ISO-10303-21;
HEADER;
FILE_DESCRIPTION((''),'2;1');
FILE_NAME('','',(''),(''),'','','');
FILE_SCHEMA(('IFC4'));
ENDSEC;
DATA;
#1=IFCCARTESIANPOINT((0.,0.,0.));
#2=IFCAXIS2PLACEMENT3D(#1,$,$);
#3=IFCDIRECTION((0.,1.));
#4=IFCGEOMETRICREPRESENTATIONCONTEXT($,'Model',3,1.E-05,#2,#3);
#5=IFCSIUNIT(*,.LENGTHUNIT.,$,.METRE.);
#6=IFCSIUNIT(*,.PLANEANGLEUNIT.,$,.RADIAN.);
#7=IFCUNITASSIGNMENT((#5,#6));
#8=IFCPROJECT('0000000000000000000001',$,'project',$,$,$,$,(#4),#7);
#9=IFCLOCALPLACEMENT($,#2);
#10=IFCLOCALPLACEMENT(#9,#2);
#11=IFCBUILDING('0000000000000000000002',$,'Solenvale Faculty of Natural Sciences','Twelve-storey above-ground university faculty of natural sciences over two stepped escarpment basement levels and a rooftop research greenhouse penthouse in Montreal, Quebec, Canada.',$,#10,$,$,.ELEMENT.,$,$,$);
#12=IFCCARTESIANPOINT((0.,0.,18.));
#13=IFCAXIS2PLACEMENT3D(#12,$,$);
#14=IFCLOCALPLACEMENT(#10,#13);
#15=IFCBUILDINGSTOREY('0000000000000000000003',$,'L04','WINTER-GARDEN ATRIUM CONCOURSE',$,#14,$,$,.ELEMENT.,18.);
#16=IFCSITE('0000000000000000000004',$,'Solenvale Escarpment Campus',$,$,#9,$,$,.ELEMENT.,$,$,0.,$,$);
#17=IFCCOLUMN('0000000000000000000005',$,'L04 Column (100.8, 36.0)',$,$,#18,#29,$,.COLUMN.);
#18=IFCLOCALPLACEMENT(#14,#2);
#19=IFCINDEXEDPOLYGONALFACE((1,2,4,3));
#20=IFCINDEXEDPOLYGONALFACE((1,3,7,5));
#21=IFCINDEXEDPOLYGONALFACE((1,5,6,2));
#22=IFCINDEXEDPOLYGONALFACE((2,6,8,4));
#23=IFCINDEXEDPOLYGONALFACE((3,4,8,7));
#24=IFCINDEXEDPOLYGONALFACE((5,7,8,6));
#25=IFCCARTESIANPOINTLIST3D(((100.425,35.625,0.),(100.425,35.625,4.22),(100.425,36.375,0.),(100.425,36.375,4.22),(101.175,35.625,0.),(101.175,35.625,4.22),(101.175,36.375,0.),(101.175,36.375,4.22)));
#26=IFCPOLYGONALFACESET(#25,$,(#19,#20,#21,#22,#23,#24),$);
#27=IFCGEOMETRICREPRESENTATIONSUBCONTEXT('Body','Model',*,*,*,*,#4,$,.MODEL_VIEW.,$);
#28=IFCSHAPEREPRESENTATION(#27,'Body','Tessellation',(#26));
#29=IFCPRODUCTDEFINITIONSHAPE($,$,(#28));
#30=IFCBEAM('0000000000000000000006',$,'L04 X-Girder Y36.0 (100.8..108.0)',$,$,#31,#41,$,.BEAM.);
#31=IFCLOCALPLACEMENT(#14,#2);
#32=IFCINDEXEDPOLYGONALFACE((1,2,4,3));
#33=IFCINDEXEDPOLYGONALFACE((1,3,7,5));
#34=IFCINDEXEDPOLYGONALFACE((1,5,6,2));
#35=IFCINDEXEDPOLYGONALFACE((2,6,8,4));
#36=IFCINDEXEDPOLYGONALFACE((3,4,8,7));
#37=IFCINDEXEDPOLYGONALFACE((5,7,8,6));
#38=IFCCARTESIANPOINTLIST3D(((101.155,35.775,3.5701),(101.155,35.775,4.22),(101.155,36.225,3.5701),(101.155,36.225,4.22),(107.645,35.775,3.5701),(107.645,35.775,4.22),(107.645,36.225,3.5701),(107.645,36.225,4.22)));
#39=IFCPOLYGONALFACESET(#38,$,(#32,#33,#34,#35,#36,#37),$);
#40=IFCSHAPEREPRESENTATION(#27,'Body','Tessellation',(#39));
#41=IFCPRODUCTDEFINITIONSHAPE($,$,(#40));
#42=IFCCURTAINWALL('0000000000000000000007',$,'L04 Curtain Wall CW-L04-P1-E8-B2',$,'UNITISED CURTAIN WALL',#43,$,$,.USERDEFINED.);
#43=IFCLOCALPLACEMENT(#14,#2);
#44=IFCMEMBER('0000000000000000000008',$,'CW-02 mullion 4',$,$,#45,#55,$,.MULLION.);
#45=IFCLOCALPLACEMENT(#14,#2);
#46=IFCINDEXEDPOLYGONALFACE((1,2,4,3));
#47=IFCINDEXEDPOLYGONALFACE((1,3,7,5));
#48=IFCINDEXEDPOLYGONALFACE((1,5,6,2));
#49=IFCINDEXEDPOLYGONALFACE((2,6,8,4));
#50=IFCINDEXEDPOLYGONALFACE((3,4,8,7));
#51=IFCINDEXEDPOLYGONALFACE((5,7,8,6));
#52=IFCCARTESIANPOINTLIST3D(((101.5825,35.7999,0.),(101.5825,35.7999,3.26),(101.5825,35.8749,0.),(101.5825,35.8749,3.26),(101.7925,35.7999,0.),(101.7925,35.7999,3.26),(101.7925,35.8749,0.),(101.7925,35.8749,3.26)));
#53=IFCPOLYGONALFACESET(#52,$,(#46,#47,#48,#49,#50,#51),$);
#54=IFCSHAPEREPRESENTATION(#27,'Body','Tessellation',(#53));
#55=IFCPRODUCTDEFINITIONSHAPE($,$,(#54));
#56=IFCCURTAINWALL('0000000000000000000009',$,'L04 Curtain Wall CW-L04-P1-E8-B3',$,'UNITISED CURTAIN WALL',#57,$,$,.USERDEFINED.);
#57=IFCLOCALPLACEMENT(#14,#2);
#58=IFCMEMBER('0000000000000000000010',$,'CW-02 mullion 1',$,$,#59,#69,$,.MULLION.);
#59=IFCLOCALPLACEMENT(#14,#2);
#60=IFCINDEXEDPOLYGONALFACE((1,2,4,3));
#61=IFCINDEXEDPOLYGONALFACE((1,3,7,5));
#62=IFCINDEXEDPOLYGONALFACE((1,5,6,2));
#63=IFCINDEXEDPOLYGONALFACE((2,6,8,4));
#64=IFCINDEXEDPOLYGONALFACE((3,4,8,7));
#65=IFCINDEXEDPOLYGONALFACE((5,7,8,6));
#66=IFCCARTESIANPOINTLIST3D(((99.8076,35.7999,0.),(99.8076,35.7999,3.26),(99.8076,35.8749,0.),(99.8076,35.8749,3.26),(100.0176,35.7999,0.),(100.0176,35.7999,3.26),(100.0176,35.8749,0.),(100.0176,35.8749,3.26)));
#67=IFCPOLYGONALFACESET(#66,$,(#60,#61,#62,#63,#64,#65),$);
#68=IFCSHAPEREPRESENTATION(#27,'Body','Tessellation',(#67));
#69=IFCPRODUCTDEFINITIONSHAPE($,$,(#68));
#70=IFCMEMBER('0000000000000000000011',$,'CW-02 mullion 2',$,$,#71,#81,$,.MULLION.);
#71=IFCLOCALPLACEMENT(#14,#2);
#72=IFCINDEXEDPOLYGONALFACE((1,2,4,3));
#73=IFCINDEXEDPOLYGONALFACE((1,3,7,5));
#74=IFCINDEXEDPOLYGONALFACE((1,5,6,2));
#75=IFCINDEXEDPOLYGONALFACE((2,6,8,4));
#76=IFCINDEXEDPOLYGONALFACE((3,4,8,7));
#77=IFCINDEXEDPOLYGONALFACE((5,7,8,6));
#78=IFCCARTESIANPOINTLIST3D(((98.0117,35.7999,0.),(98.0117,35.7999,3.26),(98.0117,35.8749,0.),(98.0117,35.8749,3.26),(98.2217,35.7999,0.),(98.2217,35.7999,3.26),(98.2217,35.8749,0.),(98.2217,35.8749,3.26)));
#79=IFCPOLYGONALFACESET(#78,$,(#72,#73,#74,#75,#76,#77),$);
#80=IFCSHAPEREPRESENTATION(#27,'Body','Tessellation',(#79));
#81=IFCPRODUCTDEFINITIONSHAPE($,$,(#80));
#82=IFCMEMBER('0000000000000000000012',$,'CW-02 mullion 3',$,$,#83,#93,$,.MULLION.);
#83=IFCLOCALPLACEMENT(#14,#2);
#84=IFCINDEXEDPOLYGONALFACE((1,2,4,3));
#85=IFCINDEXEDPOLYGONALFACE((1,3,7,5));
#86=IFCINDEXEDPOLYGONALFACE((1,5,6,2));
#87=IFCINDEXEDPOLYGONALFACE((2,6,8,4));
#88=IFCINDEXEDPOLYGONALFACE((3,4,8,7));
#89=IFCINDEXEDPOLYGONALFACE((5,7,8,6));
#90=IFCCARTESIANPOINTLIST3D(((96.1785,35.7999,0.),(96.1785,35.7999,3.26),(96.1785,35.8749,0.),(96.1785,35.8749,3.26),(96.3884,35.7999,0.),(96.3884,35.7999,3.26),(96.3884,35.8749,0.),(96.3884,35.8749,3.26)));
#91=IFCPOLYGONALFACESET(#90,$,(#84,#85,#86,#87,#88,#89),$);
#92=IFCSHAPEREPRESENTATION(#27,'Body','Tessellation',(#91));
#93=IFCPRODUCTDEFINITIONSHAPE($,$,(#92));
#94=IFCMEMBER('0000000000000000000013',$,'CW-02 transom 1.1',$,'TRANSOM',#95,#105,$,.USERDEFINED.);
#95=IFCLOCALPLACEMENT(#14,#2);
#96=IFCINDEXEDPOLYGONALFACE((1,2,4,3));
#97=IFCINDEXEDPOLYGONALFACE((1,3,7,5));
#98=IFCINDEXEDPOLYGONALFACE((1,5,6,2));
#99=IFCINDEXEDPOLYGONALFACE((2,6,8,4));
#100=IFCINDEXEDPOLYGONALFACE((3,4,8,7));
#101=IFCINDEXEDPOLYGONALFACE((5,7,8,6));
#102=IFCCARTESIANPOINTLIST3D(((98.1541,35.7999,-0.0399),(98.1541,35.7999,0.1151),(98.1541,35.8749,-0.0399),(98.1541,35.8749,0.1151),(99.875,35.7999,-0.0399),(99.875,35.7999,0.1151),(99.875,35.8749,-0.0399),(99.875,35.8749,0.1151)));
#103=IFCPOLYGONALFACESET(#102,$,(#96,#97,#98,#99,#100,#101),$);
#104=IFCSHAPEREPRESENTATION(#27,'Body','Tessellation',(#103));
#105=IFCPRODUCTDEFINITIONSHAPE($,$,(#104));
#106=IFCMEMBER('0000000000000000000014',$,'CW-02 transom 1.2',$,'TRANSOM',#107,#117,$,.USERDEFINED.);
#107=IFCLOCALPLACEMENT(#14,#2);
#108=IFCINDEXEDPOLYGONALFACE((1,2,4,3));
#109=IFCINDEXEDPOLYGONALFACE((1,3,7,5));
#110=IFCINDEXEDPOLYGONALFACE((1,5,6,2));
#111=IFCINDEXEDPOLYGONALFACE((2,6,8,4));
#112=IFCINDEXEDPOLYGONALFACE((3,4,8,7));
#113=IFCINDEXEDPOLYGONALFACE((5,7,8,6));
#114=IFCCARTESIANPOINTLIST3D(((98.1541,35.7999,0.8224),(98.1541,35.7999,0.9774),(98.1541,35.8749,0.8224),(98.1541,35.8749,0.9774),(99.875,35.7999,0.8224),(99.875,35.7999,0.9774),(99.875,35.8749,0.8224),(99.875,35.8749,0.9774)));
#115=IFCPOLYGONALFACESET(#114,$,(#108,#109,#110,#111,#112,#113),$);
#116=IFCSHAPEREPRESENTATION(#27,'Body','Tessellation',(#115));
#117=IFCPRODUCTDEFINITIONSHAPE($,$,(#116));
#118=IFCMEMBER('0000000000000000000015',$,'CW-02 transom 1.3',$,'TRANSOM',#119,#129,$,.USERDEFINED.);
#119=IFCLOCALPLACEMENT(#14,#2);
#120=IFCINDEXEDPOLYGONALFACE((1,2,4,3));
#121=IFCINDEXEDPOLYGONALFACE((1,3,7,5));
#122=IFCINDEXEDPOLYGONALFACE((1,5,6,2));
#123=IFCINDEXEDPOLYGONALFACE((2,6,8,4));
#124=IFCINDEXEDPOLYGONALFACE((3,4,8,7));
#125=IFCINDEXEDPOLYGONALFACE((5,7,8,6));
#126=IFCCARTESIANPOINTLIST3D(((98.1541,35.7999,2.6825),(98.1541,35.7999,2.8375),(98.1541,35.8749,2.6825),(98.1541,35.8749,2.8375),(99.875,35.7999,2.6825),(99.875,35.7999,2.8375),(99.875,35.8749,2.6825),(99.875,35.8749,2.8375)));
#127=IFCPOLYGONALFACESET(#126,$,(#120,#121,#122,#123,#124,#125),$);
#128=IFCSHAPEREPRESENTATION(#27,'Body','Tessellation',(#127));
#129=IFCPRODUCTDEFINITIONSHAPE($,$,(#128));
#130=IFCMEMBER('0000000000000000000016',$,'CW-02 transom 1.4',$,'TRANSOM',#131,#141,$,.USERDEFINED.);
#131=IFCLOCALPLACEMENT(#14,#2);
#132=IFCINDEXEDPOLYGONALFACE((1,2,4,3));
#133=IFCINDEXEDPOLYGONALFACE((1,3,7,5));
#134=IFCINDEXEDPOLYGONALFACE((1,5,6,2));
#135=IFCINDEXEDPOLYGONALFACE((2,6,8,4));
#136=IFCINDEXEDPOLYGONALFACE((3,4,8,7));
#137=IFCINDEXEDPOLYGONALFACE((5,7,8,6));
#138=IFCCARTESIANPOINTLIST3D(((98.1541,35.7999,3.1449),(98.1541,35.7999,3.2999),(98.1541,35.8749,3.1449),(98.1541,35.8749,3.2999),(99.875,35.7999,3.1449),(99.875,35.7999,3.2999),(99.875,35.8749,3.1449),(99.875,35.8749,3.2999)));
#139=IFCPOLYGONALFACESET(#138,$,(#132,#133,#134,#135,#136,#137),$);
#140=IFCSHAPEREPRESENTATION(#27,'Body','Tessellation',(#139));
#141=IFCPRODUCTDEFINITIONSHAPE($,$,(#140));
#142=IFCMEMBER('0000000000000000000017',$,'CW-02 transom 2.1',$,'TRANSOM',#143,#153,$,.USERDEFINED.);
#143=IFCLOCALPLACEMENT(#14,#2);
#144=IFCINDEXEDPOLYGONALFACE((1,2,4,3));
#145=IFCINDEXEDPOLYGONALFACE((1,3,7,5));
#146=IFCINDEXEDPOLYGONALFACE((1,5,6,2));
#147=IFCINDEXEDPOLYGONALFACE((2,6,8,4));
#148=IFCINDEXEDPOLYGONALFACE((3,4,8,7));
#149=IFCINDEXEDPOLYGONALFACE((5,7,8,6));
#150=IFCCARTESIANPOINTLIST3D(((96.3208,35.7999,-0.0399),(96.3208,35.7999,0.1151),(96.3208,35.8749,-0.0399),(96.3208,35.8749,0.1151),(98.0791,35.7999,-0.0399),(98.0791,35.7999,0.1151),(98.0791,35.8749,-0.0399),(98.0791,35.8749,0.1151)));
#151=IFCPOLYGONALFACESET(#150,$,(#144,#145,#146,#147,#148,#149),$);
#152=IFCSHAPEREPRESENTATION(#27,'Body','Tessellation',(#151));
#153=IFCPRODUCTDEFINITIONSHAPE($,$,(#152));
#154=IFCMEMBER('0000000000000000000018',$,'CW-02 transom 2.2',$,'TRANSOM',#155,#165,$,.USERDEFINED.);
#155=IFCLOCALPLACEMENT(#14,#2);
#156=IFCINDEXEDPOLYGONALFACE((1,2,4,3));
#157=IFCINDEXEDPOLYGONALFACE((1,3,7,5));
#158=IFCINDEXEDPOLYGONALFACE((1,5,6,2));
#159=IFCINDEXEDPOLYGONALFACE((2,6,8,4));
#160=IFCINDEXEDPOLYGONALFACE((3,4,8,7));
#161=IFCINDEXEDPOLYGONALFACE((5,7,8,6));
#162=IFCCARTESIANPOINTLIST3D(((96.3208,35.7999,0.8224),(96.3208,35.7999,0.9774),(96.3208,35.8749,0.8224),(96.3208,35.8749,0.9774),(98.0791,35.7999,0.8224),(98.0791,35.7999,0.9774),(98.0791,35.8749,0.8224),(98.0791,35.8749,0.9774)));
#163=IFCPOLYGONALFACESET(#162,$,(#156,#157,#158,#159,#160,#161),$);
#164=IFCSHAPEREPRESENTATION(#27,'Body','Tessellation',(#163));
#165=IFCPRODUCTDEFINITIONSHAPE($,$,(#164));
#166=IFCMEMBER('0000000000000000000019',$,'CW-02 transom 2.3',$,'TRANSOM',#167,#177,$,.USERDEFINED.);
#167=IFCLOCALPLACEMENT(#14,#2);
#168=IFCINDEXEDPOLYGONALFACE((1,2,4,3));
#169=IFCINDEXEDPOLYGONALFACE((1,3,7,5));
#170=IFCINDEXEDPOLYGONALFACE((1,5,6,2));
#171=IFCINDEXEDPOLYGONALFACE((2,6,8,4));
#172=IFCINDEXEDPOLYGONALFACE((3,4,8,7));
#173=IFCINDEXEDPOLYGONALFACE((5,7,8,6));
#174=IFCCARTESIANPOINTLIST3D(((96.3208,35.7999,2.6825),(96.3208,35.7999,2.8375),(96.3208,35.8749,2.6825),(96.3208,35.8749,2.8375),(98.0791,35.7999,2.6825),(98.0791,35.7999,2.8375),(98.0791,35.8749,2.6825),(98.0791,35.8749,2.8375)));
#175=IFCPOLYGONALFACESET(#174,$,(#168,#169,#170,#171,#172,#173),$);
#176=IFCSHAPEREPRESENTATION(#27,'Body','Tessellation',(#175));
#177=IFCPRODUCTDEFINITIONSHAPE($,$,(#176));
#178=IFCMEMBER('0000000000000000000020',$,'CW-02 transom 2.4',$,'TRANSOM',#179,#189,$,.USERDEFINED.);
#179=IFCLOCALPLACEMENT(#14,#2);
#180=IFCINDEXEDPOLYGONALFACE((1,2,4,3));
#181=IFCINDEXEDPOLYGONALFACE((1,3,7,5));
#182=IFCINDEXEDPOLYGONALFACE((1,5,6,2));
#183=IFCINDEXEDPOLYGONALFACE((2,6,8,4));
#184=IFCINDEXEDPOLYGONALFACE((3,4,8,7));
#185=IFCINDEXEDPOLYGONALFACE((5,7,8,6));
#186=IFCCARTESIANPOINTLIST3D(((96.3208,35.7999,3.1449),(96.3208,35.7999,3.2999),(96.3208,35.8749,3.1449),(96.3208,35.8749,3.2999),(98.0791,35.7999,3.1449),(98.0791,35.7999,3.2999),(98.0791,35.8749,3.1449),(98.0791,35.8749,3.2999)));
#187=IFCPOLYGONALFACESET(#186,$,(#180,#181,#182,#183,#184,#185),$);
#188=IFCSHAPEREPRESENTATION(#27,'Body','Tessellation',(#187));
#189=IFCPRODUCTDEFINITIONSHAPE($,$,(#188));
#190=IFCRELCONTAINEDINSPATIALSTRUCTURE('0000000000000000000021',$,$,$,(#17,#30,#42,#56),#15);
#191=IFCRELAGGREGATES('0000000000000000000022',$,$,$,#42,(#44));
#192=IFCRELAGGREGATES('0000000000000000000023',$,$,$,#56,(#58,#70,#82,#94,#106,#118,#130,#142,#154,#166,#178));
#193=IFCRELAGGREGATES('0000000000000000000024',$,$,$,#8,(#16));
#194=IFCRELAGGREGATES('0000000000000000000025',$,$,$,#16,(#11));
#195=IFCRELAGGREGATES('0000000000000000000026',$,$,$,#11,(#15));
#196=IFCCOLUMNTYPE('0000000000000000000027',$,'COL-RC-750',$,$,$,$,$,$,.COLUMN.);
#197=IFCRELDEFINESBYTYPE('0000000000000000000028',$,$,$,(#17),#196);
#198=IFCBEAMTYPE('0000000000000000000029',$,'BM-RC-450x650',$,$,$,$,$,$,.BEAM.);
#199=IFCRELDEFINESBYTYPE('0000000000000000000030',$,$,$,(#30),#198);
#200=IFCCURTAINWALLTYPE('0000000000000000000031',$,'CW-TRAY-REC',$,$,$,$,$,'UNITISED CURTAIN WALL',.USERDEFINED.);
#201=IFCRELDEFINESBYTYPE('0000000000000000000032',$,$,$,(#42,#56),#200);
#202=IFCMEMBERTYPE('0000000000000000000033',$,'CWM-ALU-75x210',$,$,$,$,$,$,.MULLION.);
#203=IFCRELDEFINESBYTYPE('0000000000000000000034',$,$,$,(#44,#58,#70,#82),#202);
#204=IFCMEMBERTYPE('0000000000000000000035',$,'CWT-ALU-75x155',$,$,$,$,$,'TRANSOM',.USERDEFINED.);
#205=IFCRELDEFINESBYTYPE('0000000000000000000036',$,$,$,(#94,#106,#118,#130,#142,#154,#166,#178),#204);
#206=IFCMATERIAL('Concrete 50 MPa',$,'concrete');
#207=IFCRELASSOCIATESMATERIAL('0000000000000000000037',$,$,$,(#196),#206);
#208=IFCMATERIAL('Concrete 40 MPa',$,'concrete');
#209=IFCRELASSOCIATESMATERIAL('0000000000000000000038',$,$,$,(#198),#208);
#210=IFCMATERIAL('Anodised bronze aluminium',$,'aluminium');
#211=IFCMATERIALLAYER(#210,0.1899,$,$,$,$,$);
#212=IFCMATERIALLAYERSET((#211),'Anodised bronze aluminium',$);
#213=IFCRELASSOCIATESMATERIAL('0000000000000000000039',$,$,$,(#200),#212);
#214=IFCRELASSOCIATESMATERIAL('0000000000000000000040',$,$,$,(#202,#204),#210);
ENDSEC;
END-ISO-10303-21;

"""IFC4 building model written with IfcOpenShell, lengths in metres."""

from ifc_helpers import new_model, si_unit, direction, frame, origin, origin_2d, place, context, subcontext, project, spatial, rectangle, extrude, material, layer, layer_set, material_profile, profile_set, type_object, element, aggregate, save


model = new_model("IFC4")

# Units and contexts
model_context = context("Model", 3, precision=1e-05, world=origin(), true_north=direction((0.0, 1.0)))
body_context = subcontext(model_context, "Body", "Model", "MODEL_VIEW")
ifc_project = project(units=[si_unit("LENGTHUNIT", "METRE"), si_unit("PLANEANGLEUNIT", "RADIAN")], contexts=[model_context])

# Site, building, storey
site_placement = place(None, origin())
site = spatial("IfcSite", under=ifc_project, at=site_placement, Name="Solenvale Escarpment Campus", CompositionType="ELEMENT", RefElevation=0.0)
building_placement = place(site_placement, origin())
building = spatial("IfcBuilding", under=site, at=building_placement, Name="Solenvale Faculty of Natural Sciences", Description="Twelve-storey above-ground university faculty of natural sciences over two stepped escarpment basement levels and a rooftop research greenhouse penthouse in Montreal, Quebec, Canada.", CompositionType="ELEMENT")
storey_placement = place(building_placement, frame((0.0, 0.0, 18.0)))
storey = spatial("IfcBuildingStorey", under=building, at=storey_placement, Name="L04", Description="WINTER-GARDEN ATRIUM CONCOURSE", CompositionType="ELEMENT", Elevation=18.0)

# Column
ifc_material_1 = material(Name="Concrete 50 MPa", Category="concrete")
ifc_material_profile_1 = material_profile(ifc_material_1, rectangle(XDim=0.75, YDim=0.75, at=origin_2d()), Name="RC-COL-750x750")
ifc_profile_set_1 = profile_set([ifc_material_profile_1], Name="Concrete 50 MPa")
column_type = type_object("IfcColumnType", Name="COL-RC-750", PredefinedType="COLUMN", material=ifc_profile_set_1)
column_placement = place(storey_placement, frame((100.8, 36.0, 0.0), z_axis=(0.0, 0.0, 1.0), x_axis=(1.0, 0.0, 0.0)))
element("IfcColumn", 1, at=column_placement, inside=storey, type_object=column_type, Name="L04 Column (100.8, 36.0)", PredefinedType="COLUMN", context=body_context, shape_type="SweptSolid", body=[
    extrude(rectangle(XDim=0.75, YDim=0.75, at=origin_2d()), origin(), (0.0, 0.0, 1.0), 4.22),
])

# Beam
ifc_material_2 = material(Name="Concrete 40 MPa", Category="concrete")
ifc_material_profile_2 = material_profile(ifc_material_2, rectangle(XDim=0.45, YDim=0.6499, at=origin_2d()), Name="RC-BM-450x650")
ifc_profile_set_2 = profile_set([ifc_material_profile_2], Name="Concrete 40 MPa")
beam_type = type_object("IfcBeamType", Name="BM-RC-450x650", PredefinedType="BEAM", material=ifc_profile_set_2)
beam_placement = place(storey_placement, frame((101.155, 36.0, 3.895), z_axis=(1.0, 0.0, 0.0), x_axis=(0.0, 1.0, 0.0)))
element("IfcBeam", 2, at=beam_placement, inside=storey, type_object=beam_type, Name="L04 X-Girder Y36.0 (100.8..108.0)", PredefinedType="BEAM", context=body_context, shape_type="SweptSolid", body=[
    extrude(rectangle(XDim=0.45, YDim=0.6499, at=origin_2d()), origin(), (0.0, 0.0, 1.0), 6.49),
])

# Curtain wall, member
ifc_material_3 = material(Name="Anodised bronze aluminium", Category="aluminium")
ifc_layer_1 = layer(ifc_material_3, 0.1899)
ifc_layer_set_1 = layer_set([ifc_layer_1], Name="Anodised bronze aluminium")
curtain_wall_type = type_object("IfcCurtainWallType", Name="CW-TRAY-REC", ElementType="UNITISED CURTAIN WALL", PredefinedType="USERDEFINED", material=ifc_layer_set_1)
curtain_wall_1_placement = place(storey_placement, origin())
curtain_wall_1 = element("IfcCurtainWall", 3, at=curtain_wall_1_placement, inside=storey, type_object=curtain_wall_type, Name="L04 Curtain Wall CW-L04-P1-E8-B2", ObjectType="UNITISED CURTAIN WALL", PredefinedType="USERDEFINED")
ifc_material_profile_3 = material_profile(ifc_material_3, rectangle(XDim=0.075, YDim=0.21, at=origin_2d()), Name="ALU-MUL-75x210")
ifc_profile_set_3 = profile_set([ifc_material_profile_3], Name="Anodised bronze aluminium")
member_type_1 = type_object("IfcMemberType", Name="CWM-ALU-75x210", PredefinedType="MULLION", material=ifc_profile_set_3)
member_1_placement = place(storey_placement, frame((101.6875, 35.8374, 0.0), z_axis=(0.0, 0.0, 1.0), x_axis=(0.0, -1.0, 0.0)))
member_1 = element("IfcMember", 4, at=member_1_placement, type_object=member_type_1, Name="CW-02 mullion 4", PredefinedType="MULLION", context=body_context, shape_type="SweptSolid", body=[
    extrude(rectangle(XDim=0.075, YDim=0.21, at=origin_2d()), origin(), (0.0, 0.0, 1.0), 3.26),
])
aggregate(curtain_wall_1, [member_1])

# Curtain wall, members
curtain_wall_2_placement = place(storey_placement, origin())
curtain_wall_2 = element("IfcCurtainWall", 5, at=curtain_wall_2_placement, inside=storey, type_object=curtain_wall_type, Name="L04 Curtain Wall CW-L04-P1-E8-B3", ObjectType="UNITISED CURTAIN WALL", PredefinedType="USERDEFINED")
member_2_placement = place(storey_placement, frame((99.9126, 35.8374, 0.0), z_axis=(0.0, 0.0, 1.0), x_axis=(0.0, -1.0, 0.0)))
member_2 = element("IfcMember", 6, at=member_2_placement, type_object=member_type_1, Name="CW-02 mullion 1", PredefinedType="MULLION", context=body_context, shape_type="SweptSolid", body=[
    extrude(rectangle(XDim=0.075, YDim=0.21, at=origin_2d()), origin(), (0.0, 0.0, 1.0), 3.26),
])
member_3_placement = place(storey_placement, frame((98.1167, 35.8374, 0.0), z_axis=(0.0, 0.0, 1.0), x_axis=(0.0, -1.0, 0.0)))
member_3 = element("IfcMember", 7, at=member_3_placement, type_object=member_type_1, Name="CW-02 mullion 2", PredefinedType="MULLION", context=body_context, shape_type="SweptSolid", body=[
    extrude(rectangle(XDim=0.075, YDim=0.21, at=origin_2d()), origin(), (0.0, 0.0, 1.0), 3.26),
])
member_4_placement = place(storey_placement, frame((96.2834, 35.8374, 0.0), z_axis=(0.0, 0.0, 1.0), x_axis=(0.0, -1.0, 0.0)))
member_4 = element("IfcMember", 8, at=member_4_placement, type_object=member_type_1, Name="CW-02 mullion 3", PredefinedType="MULLION", context=body_context, shape_type="SweptSolid", body=[
    extrude(rectangle(XDim=0.075, YDim=0.21, at=origin_2d()), origin(), (0.0, 0.0, 1.0), 3.26),
])
ifc_material_profile_4 = material_profile(ifc_material_3, rectangle(XDim=0.075, YDim=0.155, at=origin_2d()), Name="ALU-TRN-75x155")
ifc_profile_set_4 = profile_set([ifc_material_profile_4], Name="Anodised bronze aluminium")
member_type_2 = type_object("IfcMemberType", Name="CWT-ALU-75x155", ElementType="TRANSOM", PredefinedType="USERDEFINED", material=ifc_profile_set_4)
member_5_placement = place(storey_placement, frame((99.875, 35.8374, 0.0376), z_axis=(-1.0, 0.0, 0.0), x_axis=(0.0, -1.0, 0.0)))
member_5 = element("IfcMember", 9, at=member_5_placement, type_object=member_type_2, Name="CW-02 transom 1.1", ObjectType="TRANSOM", PredefinedType="USERDEFINED", context=body_context, shape_type="SweptSolid", body=[
    extrude(rectangle(XDim=0.075, YDim=0.155, at=origin_2d()), origin(), (0.0, 0.0, 1.0), 1.7209),
])
member_6_placement = place(storey_placement, frame((99.875, 35.8374, 0.8999), z_axis=(-1.0, 0.0, 0.0), x_axis=(0.0, -1.0, 0.0)))
member_6 = element("IfcMember", 10, at=member_6_placement, type_object=member_type_2, Name="CW-02 transom 1.2", ObjectType="TRANSOM", PredefinedType="USERDEFINED", context=body_context, shape_type="SweptSolid", body=[
    extrude(rectangle(XDim=0.075, YDim=0.155, at=origin_2d()), origin(), (0.0, 0.0, 1.0), 1.7209),
])
member_7_placement = place(storey_placement, frame((99.875, 35.8374, 2.76), z_axis=(-1.0, 0.0, 0.0), x_axis=(0.0, -1.0, 0.0)))
member_7 = element("IfcMember", 11, at=member_7_placement, type_object=member_type_2, Name="CW-02 transom 1.3", ObjectType="TRANSOM", PredefinedType="USERDEFINED", context=body_context, shape_type="SweptSolid", body=[
    extrude(rectangle(XDim=0.075, YDim=0.155, at=origin_2d()), origin(), (0.0, 0.0, 1.0), 1.7209),
])
member_8_placement = place(storey_placement, frame((99.875, 35.8374, 3.2224), z_axis=(-1.0, 0.0, 0.0), x_axis=(0.0, -1.0, 0.0)))
member_8 = element("IfcMember", 12, at=member_8_placement, type_object=member_type_2, Name="CW-02 transom 1.4", ObjectType="TRANSOM", PredefinedType="USERDEFINED", context=body_context, shape_type="SweptSolid", body=[
    extrude(rectangle(XDim=0.075, YDim=0.155, at=origin_2d()), origin(), (0.0, 0.0, 1.0), 1.7209),
])
member_9_placement = place(storey_placement, frame((98.0791, 35.8374, 0.0376), z_axis=(-1.0, 0.0, 0.0), x_axis=(0.0, -1.0, 0.0)))
member_9 = element("IfcMember", 13, at=member_9_placement, type_object=member_type_2, Name="CW-02 transom 2.1", ObjectType="TRANSOM", PredefinedType="USERDEFINED", context=body_context, shape_type="SweptSolid", body=[
    extrude(rectangle(XDim=0.075, YDim=0.155, at=origin_2d()), origin(), (0.0, 0.0, 1.0), 1.7583),
])
member_10_placement = place(storey_placement, frame((98.0791, 35.8374, 0.8999), z_axis=(-1.0, 0.0, 0.0), x_axis=(0.0, -1.0, 0.0)))
member_10 = element("IfcMember", 14, at=member_10_placement, type_object=member_type_2, Name="CW-02 transom 2.2", ObjectType="TRANSOM", PredefinedType="USERDEFINED", context=body_context, shape_type="SweptSolid", body=[
    extrude(rectangle(XDim=0.075, YDim=0.155, at=origin_2d()), origin(), (0.0, 0.0, 1.0), 1.7583),
])
member_11_placement = place(storey_placement, frame((98.0791, 35.8374, 2.76), z_axis=(-1.0, 0.0, 0.0), x_axis=(0.0, -1.0, 0.0)))
member_11 = element("IfcMember", 15, at=member_11_placement, type_object=member_type_2, Name="CW-02 transom 2.3", ObjectType="TRANSOM", PredefinedType="USERDEFINED", context=body_context, shape_type="SweptSolid", body=[
    extrude(rectangle(XDim=0.075, YDim=0.155, at=origin_2d()), origin(), (0.0, 0.0, 1.0), 1.7583),
])
member_12_placement = place(storey_placement, frame((98.0791, 35.8374, 3.2224), z_axis=(-1.0, 0.0, 0.0), x_axis=(0.0, -1.0, 0.0)))
member_12 = element("IfcMember", 16, at=member_12_placement, type_object=member_type_2, Name="CW-02 transom 2.4", ObjectType="TRANSOM", PredefinedType="USERDEFINED", context=body_context, shape_type="SweptSolid", body=[
    extrude(rectangle(XDim=0.075, YDim=0.155, at=origin_2d()), origin(), (0.0, 0.0, 1.0), 1.7583),
])
aggregate(curtain_wall_2, [member_2, member_3, member_4, member_5, member_6, member_7, member_8, member_9, member_10, member_11, member_12])

save(model, "model.ifc")
